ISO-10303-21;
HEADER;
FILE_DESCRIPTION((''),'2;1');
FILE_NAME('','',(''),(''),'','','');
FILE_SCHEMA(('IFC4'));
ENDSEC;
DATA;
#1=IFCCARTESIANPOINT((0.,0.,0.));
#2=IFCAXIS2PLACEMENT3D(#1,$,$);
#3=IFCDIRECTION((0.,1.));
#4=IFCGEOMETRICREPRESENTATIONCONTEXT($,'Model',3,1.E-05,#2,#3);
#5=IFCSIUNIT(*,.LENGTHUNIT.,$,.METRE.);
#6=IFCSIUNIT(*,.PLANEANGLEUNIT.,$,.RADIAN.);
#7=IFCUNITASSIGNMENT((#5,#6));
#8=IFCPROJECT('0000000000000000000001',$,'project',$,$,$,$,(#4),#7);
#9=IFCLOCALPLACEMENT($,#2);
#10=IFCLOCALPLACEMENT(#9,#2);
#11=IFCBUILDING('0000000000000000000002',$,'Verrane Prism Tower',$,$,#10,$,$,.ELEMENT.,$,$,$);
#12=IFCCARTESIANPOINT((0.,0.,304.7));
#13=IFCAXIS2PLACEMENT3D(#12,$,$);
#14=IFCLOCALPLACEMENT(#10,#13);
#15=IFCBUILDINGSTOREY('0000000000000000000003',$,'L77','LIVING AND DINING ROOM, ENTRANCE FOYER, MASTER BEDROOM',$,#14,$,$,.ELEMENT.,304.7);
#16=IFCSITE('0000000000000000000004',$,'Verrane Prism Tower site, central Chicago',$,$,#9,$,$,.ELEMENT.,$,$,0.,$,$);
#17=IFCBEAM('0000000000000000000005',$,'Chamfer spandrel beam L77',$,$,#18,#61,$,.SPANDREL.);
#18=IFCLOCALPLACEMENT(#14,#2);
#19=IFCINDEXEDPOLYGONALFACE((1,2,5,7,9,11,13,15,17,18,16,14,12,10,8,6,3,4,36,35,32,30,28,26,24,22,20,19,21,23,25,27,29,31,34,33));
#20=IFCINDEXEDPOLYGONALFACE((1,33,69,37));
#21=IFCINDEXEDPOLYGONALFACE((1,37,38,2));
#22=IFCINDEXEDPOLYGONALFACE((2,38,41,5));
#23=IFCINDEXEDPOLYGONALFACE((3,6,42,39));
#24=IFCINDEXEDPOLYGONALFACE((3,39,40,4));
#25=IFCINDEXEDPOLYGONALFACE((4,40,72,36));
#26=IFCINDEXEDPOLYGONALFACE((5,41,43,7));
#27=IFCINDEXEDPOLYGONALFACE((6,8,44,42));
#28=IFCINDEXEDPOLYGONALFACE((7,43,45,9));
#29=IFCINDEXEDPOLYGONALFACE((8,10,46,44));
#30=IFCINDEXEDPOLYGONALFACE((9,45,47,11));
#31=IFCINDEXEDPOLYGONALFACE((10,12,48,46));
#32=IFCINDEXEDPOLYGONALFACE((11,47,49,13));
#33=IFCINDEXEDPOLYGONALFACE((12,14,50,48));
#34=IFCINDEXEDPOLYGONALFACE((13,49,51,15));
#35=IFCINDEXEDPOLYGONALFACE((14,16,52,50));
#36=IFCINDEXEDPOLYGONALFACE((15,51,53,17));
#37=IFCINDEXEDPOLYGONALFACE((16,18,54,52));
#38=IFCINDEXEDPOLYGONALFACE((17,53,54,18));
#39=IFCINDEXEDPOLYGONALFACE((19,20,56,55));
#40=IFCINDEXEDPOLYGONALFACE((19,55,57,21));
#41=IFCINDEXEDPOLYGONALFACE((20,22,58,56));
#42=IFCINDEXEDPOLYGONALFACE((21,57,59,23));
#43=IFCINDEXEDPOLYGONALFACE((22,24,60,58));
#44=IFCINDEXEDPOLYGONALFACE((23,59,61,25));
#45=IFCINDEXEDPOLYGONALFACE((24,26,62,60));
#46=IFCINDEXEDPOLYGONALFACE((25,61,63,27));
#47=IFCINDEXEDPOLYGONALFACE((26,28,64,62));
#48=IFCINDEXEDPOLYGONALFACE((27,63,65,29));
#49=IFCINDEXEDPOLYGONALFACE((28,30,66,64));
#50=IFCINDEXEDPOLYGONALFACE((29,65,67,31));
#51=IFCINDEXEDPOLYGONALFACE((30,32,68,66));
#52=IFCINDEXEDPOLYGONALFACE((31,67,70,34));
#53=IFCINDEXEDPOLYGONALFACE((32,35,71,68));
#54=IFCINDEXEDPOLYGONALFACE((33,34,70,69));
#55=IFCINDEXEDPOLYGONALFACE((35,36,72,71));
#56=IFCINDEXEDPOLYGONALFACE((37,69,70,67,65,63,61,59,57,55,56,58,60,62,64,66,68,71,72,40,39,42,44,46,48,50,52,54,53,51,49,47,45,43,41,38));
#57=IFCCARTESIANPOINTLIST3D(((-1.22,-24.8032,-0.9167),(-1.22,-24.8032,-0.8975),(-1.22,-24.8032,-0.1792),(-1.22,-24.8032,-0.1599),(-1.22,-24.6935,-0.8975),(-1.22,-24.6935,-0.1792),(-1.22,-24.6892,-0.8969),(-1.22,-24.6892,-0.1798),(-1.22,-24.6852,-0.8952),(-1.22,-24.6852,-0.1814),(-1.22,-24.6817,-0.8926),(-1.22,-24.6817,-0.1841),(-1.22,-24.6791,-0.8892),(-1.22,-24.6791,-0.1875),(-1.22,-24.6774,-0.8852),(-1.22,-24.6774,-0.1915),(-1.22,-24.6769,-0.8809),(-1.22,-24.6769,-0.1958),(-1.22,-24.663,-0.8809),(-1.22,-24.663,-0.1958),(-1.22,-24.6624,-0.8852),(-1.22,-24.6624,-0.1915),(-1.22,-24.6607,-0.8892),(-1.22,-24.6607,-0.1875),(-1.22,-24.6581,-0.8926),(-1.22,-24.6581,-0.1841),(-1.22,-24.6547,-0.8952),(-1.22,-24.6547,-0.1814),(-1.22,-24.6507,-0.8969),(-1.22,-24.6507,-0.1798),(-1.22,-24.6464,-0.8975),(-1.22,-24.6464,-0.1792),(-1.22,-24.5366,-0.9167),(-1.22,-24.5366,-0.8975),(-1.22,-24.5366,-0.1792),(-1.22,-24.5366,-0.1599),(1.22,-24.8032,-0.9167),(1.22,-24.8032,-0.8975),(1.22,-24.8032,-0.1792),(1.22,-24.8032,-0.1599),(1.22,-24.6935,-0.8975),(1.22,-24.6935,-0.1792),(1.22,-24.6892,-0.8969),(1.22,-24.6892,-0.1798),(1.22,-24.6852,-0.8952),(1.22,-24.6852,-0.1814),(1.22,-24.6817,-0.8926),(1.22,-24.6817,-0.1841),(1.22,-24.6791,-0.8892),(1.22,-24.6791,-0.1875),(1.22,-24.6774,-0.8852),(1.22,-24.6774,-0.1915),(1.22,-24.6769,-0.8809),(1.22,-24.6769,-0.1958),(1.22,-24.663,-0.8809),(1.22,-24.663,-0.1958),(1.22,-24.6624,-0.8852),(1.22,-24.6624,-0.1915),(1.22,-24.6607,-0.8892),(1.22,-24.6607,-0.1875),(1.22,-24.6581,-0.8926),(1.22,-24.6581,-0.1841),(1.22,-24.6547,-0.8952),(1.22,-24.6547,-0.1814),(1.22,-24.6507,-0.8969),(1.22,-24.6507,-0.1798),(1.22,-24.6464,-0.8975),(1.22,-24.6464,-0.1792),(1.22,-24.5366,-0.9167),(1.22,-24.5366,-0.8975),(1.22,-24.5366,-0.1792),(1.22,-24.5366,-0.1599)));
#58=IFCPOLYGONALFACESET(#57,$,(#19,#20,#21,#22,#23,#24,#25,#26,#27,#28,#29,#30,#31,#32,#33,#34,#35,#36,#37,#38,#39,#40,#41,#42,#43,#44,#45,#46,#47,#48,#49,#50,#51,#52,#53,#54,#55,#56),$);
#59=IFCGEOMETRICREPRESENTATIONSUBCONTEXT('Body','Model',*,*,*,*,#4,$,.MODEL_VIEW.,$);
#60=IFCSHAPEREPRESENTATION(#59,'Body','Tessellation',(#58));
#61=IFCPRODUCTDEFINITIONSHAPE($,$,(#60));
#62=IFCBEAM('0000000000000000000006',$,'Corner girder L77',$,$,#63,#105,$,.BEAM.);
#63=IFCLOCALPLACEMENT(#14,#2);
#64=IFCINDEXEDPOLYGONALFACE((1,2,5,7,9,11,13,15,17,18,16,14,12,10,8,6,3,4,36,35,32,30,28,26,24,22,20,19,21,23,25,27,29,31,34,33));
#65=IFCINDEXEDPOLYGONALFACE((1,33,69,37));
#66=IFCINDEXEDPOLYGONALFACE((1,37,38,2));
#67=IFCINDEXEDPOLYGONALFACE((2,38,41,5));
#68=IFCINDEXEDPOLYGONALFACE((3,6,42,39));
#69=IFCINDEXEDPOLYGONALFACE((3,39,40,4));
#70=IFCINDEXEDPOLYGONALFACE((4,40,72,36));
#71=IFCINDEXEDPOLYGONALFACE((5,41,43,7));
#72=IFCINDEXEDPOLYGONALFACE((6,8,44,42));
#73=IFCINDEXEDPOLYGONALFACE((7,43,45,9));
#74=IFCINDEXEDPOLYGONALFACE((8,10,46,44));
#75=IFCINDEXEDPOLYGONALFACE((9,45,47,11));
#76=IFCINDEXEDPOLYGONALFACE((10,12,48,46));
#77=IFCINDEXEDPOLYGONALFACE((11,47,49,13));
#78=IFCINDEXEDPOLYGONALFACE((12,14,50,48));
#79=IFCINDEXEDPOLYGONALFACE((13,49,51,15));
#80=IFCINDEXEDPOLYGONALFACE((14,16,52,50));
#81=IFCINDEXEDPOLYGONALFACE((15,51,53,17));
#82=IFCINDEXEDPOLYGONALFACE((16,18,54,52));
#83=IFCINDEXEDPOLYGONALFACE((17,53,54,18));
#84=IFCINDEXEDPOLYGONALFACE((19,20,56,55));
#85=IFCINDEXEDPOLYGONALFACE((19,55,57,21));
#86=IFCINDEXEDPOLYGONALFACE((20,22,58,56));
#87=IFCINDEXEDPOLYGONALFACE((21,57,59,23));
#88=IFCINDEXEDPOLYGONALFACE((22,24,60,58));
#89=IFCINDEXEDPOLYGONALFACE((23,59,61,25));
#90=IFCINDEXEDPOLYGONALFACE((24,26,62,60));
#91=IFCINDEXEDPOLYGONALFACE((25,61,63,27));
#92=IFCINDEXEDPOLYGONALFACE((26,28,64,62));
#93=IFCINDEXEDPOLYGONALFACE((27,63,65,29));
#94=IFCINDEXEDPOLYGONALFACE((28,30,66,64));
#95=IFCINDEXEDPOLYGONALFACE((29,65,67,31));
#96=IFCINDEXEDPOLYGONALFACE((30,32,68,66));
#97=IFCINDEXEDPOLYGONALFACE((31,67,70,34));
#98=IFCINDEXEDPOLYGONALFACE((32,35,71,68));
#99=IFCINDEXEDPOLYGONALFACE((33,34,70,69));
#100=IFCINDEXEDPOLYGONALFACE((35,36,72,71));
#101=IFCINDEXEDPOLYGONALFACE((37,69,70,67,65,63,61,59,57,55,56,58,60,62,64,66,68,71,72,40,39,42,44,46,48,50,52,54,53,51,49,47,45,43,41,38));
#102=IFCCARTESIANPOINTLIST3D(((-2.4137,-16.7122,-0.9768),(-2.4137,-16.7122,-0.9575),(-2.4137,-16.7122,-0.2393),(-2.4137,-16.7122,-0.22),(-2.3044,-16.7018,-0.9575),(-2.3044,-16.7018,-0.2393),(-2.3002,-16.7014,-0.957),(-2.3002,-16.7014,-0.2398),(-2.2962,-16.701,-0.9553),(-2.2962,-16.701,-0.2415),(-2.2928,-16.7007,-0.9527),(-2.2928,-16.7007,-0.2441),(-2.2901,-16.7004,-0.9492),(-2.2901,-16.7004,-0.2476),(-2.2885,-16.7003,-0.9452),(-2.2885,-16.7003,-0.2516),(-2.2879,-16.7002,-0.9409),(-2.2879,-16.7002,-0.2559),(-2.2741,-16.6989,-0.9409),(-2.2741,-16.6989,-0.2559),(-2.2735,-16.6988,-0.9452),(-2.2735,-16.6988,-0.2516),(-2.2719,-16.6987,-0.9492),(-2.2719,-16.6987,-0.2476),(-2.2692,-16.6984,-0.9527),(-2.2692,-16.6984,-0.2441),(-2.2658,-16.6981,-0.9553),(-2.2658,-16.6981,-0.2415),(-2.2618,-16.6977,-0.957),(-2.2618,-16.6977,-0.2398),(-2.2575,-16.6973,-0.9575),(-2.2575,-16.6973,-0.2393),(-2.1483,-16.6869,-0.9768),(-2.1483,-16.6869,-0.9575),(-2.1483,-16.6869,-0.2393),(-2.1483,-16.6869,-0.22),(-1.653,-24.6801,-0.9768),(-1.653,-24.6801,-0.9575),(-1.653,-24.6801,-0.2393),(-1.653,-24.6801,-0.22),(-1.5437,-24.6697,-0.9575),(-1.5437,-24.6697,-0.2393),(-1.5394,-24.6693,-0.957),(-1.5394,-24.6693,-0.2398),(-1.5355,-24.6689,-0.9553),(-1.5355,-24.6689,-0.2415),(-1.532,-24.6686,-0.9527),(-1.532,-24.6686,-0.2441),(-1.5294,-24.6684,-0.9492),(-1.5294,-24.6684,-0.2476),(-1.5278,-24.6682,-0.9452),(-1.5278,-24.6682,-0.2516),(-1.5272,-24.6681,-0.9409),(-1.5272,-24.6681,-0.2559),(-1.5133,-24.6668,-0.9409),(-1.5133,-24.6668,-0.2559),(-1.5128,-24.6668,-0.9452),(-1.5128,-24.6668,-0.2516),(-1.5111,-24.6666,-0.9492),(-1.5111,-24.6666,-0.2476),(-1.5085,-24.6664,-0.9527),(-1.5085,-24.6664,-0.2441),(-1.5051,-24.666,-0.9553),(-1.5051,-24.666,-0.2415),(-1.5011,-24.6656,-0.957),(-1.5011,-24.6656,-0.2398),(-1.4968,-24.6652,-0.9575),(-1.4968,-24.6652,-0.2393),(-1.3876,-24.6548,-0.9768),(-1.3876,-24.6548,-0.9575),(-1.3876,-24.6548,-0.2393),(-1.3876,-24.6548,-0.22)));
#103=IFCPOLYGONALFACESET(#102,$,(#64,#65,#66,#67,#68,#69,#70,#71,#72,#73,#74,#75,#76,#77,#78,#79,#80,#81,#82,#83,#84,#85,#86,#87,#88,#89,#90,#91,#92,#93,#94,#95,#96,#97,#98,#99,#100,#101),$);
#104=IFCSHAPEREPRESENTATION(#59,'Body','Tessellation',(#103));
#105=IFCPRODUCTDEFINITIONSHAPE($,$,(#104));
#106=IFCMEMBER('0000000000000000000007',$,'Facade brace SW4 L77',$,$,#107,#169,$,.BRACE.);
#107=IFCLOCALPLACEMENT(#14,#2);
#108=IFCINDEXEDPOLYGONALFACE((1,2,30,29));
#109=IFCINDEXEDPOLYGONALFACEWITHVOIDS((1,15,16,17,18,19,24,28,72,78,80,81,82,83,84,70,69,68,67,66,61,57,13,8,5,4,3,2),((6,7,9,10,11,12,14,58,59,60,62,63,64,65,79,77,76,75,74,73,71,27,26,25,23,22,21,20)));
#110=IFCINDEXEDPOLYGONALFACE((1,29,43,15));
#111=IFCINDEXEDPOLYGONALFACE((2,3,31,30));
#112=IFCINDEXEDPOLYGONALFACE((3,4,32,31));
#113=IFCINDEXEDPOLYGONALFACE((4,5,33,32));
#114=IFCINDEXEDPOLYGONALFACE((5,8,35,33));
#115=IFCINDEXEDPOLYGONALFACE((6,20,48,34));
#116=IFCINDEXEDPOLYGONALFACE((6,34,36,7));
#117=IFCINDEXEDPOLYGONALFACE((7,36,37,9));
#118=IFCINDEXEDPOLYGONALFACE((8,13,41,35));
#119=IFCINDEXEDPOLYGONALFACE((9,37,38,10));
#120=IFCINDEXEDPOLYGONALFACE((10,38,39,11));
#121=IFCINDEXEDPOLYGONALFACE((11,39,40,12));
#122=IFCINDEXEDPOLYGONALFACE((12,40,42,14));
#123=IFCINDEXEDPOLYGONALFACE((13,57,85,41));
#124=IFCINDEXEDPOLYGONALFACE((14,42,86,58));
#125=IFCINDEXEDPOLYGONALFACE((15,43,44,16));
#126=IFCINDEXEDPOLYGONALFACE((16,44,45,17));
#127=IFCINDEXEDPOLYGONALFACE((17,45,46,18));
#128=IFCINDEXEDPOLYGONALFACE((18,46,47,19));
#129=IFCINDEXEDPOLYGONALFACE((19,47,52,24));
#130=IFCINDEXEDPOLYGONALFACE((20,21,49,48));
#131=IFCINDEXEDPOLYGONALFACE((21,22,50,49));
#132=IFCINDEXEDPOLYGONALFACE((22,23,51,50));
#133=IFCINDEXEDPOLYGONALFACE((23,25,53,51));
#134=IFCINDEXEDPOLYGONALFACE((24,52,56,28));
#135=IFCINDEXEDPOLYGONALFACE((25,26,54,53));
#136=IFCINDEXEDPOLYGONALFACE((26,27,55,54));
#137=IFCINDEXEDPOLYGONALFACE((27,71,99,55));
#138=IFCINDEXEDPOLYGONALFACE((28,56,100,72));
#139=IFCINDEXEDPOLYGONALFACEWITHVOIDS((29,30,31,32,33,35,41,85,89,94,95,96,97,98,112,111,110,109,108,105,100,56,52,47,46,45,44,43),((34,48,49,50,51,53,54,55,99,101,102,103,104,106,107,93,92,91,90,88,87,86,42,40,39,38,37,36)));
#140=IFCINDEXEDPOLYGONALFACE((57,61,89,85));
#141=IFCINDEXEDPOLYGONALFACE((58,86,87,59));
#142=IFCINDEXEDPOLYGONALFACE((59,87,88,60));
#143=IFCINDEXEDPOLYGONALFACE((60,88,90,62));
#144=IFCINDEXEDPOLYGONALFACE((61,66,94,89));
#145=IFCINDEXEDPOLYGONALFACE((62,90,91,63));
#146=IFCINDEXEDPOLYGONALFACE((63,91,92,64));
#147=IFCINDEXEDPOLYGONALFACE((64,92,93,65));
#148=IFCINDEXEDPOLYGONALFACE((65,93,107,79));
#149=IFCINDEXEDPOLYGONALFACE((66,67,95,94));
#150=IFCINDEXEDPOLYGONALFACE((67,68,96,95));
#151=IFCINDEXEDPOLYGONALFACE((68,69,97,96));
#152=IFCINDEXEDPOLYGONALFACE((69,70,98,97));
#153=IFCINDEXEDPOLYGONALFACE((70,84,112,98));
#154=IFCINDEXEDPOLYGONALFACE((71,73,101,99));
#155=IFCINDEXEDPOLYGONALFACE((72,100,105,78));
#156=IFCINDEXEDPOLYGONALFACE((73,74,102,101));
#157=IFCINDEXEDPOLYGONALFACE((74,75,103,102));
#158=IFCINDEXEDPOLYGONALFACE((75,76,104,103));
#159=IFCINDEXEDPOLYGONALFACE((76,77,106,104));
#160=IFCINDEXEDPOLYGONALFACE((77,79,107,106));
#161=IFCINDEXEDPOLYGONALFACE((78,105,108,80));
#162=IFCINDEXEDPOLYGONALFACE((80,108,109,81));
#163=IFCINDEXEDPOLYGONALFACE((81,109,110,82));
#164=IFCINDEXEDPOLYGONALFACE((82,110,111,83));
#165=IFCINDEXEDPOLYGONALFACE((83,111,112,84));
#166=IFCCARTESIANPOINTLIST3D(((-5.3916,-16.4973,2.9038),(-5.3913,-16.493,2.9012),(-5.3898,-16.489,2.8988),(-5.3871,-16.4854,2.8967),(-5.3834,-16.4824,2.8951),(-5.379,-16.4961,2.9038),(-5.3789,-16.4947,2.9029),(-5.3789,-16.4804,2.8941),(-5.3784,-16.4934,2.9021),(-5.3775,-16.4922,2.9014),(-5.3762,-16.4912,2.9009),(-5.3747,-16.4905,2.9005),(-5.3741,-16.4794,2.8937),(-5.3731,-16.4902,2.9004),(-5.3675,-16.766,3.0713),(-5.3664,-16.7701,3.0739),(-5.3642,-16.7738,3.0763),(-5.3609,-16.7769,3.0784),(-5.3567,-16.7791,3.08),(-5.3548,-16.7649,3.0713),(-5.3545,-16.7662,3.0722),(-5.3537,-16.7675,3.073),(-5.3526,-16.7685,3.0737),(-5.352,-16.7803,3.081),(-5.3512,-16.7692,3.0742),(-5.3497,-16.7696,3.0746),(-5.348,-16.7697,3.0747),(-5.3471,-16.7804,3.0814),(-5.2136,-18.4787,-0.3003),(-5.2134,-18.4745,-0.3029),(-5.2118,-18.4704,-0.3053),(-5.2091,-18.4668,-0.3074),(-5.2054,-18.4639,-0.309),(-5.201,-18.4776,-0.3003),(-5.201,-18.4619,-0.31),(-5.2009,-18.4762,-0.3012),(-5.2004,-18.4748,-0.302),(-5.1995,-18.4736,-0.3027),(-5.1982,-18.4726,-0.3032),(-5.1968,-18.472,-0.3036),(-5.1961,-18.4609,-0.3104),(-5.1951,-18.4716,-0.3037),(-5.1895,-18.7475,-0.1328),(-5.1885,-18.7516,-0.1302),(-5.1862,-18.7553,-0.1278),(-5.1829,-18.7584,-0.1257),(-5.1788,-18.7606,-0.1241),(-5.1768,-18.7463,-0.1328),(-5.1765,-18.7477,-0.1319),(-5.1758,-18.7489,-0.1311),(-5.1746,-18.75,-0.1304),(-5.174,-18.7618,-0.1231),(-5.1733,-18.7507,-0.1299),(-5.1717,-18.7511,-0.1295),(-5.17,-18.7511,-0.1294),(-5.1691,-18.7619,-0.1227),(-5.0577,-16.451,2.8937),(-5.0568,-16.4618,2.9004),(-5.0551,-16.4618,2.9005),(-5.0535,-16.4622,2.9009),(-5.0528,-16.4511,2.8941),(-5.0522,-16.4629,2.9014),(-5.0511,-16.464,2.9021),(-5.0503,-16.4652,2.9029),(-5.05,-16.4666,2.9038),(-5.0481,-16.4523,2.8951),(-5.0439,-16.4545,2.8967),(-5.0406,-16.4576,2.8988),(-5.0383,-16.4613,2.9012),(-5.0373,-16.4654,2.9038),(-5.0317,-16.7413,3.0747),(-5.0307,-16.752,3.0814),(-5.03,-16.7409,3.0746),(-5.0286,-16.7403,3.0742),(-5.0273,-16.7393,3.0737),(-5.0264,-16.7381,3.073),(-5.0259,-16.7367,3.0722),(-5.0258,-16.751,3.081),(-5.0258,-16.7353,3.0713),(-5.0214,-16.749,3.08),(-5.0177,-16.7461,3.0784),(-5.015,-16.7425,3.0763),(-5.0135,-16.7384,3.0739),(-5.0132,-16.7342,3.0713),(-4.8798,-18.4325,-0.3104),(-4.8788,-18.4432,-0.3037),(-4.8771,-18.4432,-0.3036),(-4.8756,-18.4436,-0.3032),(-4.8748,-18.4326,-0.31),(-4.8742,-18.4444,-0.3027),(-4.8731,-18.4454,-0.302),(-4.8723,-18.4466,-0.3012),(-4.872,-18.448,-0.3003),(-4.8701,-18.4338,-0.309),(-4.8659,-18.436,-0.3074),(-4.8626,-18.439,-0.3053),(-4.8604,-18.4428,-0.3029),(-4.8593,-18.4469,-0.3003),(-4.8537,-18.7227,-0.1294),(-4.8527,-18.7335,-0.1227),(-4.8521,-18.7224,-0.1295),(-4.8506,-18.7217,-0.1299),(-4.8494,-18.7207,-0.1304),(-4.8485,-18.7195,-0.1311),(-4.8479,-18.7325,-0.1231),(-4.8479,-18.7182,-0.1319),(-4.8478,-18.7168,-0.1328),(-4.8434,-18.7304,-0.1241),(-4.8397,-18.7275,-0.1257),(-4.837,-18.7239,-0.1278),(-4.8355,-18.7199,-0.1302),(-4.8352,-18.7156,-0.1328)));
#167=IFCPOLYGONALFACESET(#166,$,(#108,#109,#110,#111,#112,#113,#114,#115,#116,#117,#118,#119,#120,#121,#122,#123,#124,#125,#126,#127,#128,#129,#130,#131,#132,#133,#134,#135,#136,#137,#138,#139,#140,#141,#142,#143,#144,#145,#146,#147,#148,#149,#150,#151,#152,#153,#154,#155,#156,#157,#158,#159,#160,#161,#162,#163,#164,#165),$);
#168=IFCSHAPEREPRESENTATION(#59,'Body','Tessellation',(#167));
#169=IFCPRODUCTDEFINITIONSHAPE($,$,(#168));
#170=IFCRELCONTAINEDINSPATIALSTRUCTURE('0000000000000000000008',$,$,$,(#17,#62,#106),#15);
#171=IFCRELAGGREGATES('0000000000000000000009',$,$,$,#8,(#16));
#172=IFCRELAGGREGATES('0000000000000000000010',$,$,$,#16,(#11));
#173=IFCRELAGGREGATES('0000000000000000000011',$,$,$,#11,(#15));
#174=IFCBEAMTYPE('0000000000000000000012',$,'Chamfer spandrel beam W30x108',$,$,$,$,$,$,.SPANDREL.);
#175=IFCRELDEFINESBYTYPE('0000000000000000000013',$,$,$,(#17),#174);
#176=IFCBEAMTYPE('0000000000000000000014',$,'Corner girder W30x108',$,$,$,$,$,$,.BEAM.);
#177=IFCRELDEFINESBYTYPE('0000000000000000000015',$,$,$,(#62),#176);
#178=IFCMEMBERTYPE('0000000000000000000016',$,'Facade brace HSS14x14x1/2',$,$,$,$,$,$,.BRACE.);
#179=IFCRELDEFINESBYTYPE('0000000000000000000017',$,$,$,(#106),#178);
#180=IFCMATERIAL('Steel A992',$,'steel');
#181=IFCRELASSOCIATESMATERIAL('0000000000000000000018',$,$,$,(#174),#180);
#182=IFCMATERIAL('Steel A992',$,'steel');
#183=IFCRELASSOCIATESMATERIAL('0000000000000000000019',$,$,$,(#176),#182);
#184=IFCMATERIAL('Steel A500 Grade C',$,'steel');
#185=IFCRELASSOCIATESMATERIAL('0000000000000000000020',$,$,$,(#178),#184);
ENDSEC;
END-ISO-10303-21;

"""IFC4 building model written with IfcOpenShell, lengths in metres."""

from ifc_helpers import new_model, si_unit, direction, frame, origin, origin_2d, place, context, subcontext, project, spatial, hollow_rectangle, i_section, extrude, material, material_profile, profile_set, type_object, element, save


model = new_model("IFC4")

# Units and contexts
model_context = context("Model", 3, precision=1e-05, world=origin(), true_north=direction((0.0, 1.0)))
body_context = subcontext(model_context, "Body", "Model", "MODEL_VIEW")
ifc_project = project(units=[si_unit("LENGTHUNIT", "METRE"), si_unit("PLANEANGLEUNIT", "RADIAN")], contexts=[model_context])

# Site, building, storey
site_placement = place(None, origin())
site = spatial("IfcSite", under=ifc_project, at=site_placement, Name="Verrane Prism Tower site, central Chicago", CompositionType="ELEMENT", RefElevation=0.0)
building_placement = place(site_placement, origin())
building = spatial("IfcBuilding", under=site, at=building_placement, Name="Verrane Prism Tower", CompositionType="ELEMENT")
storey_placement = place(building_placement, frame((0.0, 0.0, 304.7)))
storey = spatial("IfcBuildingStorey", under=building, at=storey_placement, Name="L77", Description="LIVING AND DINING ROOM, ENTRANCE FOYER, MASTER BEDROOM", CompositionType="ELEMENT", Elevation=304.7)

# Beams
ifc_material_1 = material(Name="Steel A992", Category="steel")
ifc_material_profile_1 = material_profile(ifc_material_1, i_section(OverallWidth=0.2666, OverallDepth=0.7568, WebThickness=0.0139, FlangeThickness=0.0193, FilletRadius=0.0166, at=origin_2d()), Name="W30x108")
ifc_profile_set_1 = profile_set([ifc_material_profile_1], Name="Steel A992")
beam_type_1 = type_object("IfcBeamType", Name="Chamfer spandrel beam W30x108", PredefinedType="SPANDREL", material=ifc_profile_set_1)
beam_1_placement = place(storey_placement, frame((-1.22, -24.6699, -0.5383), z_axis=(1.0, 0.0, 0.0), x_axis=(0.0, 1.0, 0.0)))
element("IfcBeam", 1, at=beam_1_placement, inside=storey, type_object=beam_type_1, Name="Chamfer spandrel beam L77", PredefinedType="SPANDREL", context=body_context, shape_type="SweptSolid", body=[
    extrude(i_section(OverallWidth=0.2666, OverallDepth=0.7568, WebThickness=0.0139, FlangeThickness=0.0193, FilletRadius=0.0166, at=origin_2d()), origin(), (0.0, 0.0, 1.0), 2.4399),
])
ifc_material_2 = material(Name="Steel A992", Category="steel")
ifc_material_profile_2 = material_profile(ifc_material_2, i_section(OverallWidth=0.2666, OverallDepth=0.7568, WebThickness=0.0139, FlangeThickness=0.0193, FilletRadius=0.0166, at=origin_2d()), Name="W30x108")
ifc_profile_set_2 = profile_set([ifc_material_profile_2], Name="Steel A992")
beam_type_2 = type_object("IfcBeamType", Name="Corner girder W30x108", PredefinedType="BEAM", material=ifc_profile_set_2)
beam_2_placement = place(storey_placement, frame((-1.5203, -24.6675, -0.5984), z_axis=(-0.095042, 0.995473, 0.0), x_axis=(-0.995473, -0.095042, 0.0)))
element("IfcBeam", 2, at=beam_2_placement, inside=storey, type_object=beam_type_2, Name="Corner girder L77", PredefinedType="BEAM", context=body_context, shape_type="SweptSolid", body=[
    extrude(i_section(OverallWidth=0.2666, OverallDepth=0.7568, WebThickness=0.0139, FlangeThickness=0.0193, FilletRadius=0.0166, at=origin_2d()), origin(), (0.0, 0.0, 1.0), 8.0042),
])

# Member
ifc_material_3 = material(Name="Steel A500 Grade C", Category="steel")
ifc_material_profile_3 = material_profile(ifc_material_3, hollow_rectangle(XDim=0.3557, YDim=0.3557, WallThickness=0.0127, InnerFilletRadius=0.0063, OuterFilletRadius=0.019, at=origin_2d()), Name="HSS14x14x1/2")
ifc_profile_set_3 = profile_set([ifc_material_profile_3], Name="Steel A500 Grade C")
member_type_1 = type_object("IfcMemberType", Name="Facade brace HSS14x14x1/2", PredefinedType="BRACE", material=ifc_profile_set_3)
member_1_placement = place(storey_placement, frame((-5.0244, -18.5972, -0.2166), z_axis=(-0.047191, 0.525376, 0.849561), x_axis=(-0.99599, -0.089462, 0.0)))
element("IfcMember", 3, at=member_1_placement, inside=storey, type_object=member_type_1, Name="Facade brace SW4 L77", PredefinedType="BRACE", context=body_context, shape_type="SweptSolid", body=[
    extrude(hollow_rectangle(XDim=0.3557, YDim=0.3557, WallThickness=0.0127, InnerFilletRadius=0.0063, OuterFilletRadius=0.019, at=origin_2d()), origin(), (0.0, 0.0, 1.0), 3.7715),
])

save(model, "model.ifc")
